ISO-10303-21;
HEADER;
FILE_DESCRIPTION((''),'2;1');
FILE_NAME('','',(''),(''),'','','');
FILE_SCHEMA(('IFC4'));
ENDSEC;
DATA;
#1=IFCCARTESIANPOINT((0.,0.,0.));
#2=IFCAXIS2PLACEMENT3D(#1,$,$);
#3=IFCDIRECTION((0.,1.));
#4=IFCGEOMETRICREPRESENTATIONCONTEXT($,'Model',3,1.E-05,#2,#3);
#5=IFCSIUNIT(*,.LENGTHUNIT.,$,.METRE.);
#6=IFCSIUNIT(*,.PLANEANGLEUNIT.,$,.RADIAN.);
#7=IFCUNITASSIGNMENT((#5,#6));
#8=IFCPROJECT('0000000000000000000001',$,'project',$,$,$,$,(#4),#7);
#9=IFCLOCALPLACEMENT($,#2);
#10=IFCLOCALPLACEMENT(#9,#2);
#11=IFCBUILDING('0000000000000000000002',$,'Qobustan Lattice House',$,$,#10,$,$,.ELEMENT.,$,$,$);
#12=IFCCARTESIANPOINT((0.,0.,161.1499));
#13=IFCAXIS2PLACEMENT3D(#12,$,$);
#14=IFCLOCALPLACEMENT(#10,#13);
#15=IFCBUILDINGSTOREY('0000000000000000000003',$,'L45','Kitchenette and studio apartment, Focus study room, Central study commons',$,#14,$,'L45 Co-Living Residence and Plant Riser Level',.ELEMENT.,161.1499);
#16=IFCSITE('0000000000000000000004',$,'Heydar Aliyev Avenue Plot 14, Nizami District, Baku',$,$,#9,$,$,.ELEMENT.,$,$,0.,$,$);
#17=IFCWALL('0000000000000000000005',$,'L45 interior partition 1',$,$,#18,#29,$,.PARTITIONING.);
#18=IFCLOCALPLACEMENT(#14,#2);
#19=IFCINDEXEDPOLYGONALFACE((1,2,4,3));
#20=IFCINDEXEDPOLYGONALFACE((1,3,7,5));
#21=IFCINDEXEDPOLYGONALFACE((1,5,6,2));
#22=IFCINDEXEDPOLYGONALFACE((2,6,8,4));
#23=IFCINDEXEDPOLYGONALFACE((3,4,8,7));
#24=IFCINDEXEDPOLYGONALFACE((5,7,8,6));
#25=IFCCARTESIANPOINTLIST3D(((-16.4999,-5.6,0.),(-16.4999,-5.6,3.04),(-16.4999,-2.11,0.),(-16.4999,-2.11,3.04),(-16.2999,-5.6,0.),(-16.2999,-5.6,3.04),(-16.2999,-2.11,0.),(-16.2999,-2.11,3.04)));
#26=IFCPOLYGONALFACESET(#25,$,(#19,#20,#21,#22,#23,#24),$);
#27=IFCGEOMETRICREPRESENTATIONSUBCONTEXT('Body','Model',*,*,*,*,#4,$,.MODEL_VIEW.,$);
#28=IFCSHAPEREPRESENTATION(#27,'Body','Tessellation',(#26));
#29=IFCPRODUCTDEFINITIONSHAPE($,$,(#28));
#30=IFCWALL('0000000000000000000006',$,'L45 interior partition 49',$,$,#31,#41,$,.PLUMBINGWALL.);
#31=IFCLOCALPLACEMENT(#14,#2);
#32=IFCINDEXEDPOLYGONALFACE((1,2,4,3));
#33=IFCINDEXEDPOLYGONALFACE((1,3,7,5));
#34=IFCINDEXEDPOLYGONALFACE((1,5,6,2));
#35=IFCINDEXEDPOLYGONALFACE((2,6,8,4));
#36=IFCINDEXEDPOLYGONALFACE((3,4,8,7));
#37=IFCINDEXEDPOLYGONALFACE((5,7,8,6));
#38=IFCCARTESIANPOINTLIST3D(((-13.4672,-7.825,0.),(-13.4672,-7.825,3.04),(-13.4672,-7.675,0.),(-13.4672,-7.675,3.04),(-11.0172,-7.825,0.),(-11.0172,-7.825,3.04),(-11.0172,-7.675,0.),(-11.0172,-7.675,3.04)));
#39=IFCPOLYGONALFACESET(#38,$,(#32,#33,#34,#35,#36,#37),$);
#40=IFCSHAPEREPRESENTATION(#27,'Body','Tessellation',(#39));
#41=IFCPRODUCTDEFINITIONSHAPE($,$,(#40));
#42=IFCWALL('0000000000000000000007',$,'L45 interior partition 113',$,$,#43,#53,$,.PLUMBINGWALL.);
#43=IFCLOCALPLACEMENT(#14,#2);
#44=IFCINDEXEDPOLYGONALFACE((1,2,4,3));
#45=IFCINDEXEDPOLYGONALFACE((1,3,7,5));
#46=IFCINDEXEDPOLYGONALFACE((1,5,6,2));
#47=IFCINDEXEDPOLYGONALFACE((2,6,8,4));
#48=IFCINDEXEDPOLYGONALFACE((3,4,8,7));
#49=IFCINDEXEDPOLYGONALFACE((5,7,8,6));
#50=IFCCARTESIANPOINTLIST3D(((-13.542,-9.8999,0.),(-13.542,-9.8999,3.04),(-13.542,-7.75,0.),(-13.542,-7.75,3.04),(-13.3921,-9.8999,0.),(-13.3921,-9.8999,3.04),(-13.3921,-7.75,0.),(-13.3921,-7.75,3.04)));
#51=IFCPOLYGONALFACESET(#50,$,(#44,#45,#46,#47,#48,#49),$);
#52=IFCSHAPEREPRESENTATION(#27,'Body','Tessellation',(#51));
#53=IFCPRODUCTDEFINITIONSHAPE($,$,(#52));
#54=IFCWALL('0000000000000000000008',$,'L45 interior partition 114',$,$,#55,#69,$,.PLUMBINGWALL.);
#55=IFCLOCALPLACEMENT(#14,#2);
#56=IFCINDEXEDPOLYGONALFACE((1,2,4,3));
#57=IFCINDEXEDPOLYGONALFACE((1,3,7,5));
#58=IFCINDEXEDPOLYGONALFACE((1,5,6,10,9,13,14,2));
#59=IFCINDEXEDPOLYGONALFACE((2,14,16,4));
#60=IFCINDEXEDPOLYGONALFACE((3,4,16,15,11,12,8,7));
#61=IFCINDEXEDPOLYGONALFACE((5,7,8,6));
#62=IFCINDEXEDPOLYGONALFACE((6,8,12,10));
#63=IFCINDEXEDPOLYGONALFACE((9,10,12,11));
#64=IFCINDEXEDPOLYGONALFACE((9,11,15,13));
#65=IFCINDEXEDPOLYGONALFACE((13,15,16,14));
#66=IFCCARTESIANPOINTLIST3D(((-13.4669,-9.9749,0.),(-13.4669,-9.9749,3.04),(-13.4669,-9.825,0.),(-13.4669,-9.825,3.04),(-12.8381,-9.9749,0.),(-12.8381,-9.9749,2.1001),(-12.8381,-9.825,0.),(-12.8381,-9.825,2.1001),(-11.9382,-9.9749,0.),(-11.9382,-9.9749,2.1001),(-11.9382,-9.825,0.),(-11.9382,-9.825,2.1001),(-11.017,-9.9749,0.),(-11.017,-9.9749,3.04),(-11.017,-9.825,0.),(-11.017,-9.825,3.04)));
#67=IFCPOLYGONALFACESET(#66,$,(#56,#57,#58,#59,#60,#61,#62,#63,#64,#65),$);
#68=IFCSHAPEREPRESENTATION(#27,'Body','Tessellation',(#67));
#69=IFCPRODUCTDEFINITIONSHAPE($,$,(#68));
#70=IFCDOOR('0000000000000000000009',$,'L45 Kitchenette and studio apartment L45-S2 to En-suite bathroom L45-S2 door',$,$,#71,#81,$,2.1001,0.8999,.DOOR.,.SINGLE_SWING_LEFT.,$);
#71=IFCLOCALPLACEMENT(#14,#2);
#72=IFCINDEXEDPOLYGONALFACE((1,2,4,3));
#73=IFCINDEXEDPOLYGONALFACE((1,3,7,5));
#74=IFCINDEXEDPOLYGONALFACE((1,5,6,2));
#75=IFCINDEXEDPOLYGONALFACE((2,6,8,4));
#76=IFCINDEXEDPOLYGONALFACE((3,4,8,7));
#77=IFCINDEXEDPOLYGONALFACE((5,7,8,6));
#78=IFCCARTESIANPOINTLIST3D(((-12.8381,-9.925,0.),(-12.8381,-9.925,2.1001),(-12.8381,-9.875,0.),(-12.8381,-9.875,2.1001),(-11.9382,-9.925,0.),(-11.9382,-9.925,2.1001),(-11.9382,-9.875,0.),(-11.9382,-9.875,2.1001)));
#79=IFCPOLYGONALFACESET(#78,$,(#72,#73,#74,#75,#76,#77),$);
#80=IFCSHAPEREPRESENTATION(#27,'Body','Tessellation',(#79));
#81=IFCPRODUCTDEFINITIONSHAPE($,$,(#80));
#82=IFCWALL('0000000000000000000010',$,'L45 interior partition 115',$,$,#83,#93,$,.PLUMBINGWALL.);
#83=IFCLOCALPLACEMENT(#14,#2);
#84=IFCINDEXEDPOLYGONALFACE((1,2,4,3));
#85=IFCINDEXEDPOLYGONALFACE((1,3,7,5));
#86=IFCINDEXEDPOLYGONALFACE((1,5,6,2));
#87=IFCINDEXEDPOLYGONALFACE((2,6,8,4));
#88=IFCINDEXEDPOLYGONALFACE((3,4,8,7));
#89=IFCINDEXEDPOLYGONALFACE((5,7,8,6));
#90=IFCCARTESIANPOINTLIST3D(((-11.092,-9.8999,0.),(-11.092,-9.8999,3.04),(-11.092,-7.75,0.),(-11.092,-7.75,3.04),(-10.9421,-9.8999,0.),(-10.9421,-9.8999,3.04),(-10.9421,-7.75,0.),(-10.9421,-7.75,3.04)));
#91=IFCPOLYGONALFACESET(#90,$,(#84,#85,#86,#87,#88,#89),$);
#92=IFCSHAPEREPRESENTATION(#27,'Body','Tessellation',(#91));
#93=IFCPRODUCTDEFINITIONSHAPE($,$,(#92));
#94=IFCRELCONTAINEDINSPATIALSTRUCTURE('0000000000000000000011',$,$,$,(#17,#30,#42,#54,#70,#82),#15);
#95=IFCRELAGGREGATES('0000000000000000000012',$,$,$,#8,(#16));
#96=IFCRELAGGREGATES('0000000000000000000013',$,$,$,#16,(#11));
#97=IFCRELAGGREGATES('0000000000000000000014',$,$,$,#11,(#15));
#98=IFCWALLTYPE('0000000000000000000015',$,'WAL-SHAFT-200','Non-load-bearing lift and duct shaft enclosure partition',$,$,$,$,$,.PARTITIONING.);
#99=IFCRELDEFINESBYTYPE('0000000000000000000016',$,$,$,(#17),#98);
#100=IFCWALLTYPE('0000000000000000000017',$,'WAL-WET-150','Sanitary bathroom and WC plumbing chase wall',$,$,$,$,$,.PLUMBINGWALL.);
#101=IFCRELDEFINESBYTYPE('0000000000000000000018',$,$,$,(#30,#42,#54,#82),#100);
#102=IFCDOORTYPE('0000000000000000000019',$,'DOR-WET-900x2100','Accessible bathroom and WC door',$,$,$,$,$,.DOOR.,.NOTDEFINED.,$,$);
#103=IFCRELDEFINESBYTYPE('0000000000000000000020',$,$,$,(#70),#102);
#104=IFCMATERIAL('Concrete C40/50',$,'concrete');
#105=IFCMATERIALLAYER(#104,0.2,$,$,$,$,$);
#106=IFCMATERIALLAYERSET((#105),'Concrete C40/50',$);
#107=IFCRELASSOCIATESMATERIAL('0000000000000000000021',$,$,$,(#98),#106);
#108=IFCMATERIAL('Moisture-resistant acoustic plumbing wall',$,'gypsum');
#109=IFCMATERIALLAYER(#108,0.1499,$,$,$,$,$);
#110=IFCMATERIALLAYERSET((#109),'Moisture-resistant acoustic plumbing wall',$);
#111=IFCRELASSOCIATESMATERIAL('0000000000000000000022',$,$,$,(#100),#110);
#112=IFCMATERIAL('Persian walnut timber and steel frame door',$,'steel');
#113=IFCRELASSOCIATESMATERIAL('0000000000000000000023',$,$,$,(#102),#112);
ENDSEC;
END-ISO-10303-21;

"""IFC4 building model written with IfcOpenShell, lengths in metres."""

from ifc_helpers import new_model, si_unit, direction, frame, frame_2d, origin, place, context, subcontext, project, spatial, rectangle, extrude, material, layer, layer_set, type_object, element, fill, save


model = new_model("IFC4")

# Units and contexts
model_context = context("Model", 3, precision=1e-05, world=origin(), true_north=direction((0.0, 1.0)))
body_context = subcontext(model_context, "Body", "Model", "MODEL_VIEW")
ifc_project = project(units=[si_unit("LENGTHUNIT", "METRE"), si_unit("PLANEANGLEUNIT", "RADIAN")], contexts=[model_context])

# Site, building, storey
site_placement = place(None, origin())
site = spatial("IfcSite", under=ifc_project, at=site_placement, Name="Heydar Aliyev Avenue Plot 14, Nizami District, Baku", CompositionType="ELEMENT", RefElevation=0.0)
building_placement = place(site_placement, origin())
building = spatial("IfcBuilding", under=site, at=building_placement, Name="Qobustan Lattice House", CompositionType="ELEMENT")
storey_placement = place(building_placement, frame((0.0, 0.0, 161.1499)))
storey = spatial("IfcBuildingStorey", under=building, at=storey_placement, Name="L45", Description="Kitchenette and studio apartment, Focus study room, Central study commons", LongName="L45 Co-Living Residence and Plant Riser Level", CompositionType="ELEMENT", Elevation=161.1499)

# Walls
ifc_material_1 = material(Name="Concrete C40/50", Category="concrete")
ifc_layer_1 = layer(ifc_material_1, 0.2)
ifc_layer_set_1 = layer_set([ifc_layer_1], Name="Concrete C40/50")
wall_type_1 = type_object("IfcWallType", Name="WAL-SHAFT-200", Description="Non-load-bearing lift and duct shaft enclosure partition", PredefinedType="PARTITIONING", material=ifc_layer_set_1)
wall_1_placement = place(storey_placement, frame((-16.3999, -5.6001, 0.0), z_axis=(0.0, 0.0, 1.0), x_axis=(0.0, 1.0, 0.0)))
element("IfcWall", 1, at=wall_1_placement, inside=storey, type_object=wall_type_1, Name="L45 interior partition 1", PredefinedType="PARTITIONING", context=body_context, shape_type="SweptSolid", body=[
    extrude(rectangle(XDim=3.49, YDim=0.2, at=frame_2d((1.7451, 0.0))), origin(), (0.0, 0.0, 1.0), 3.04),
])
ifc_material_2 = material(Name="Moisture-resistant acoustic plumbing wall", Category="gypsum")
ifc_layer_2 = layer(ifc_material_2, 0.1499)
ifc_layer_set_2 = layer_set([ifc_layer_2], Name="Moisture-resistant acoustic plumbing wall")
wall_type_2 = type_object("IfcWallType", Name="WAL-WET-150", Description="Sanitary bathroom and WC plumbing chase wall", PredefinedType="PLUMBINGWALL", material=ifc_layer_set_2)
wall_2_placement = place(storey_placement, frame((-11.0171, -7.75, 0.0), z_axis=(0.0, 0.0, 1.0), x_axis=(-1.0, 0.0, 0.0)))
element("IfcWall", 2, at=wall_2_placement, inside=storey, type_object=wall_type_2, Name="L45 interior partition 49", PredefinedType="PLUMBINGWALL", context=body_context, shape_type="SweptSolid", body=[
    extrude(rectangle(XDim=2.45, YDim=0.1499, at=frame_2d((1.2251, 0.0))), origin(), (0.0, 0.0, 1.0), 3.04),
])
wall_3_placement = place(storey_placement, frame((-13.467, -7.75, 0.0), z_axis=(0.0, 0.0, 1.0), x_axis=(0.0, -1.0, 0.0)))
element("IfcWall", 3, at=wall_3_placement, inside=storey, type_object=wall_type_2, Name="L45 interior partition 113", PredefinedType="PLUMBINGWALL", context=body_context, shape_type="SweptSolid", body=[
    extrude(rectangle(XDim=2.1499, YDim=0.1499, at=frame_2d((1.075, 0.0))), origin(), (0.0, 0.0, 1.0), 3.04),
])

# Wall, opening, door
wall_4_placement = place(storey_placement, frame((-13.467, -9.8999, 0.0), z_axis=(0.0, 0.0, 1.0), x_axis=(1.0, 0.0, 0.0)))
wall_4 = element("IfcWall", 4, at=wall_4_placement, inside=storey, type_object=wall_type_2, Name="L45 interior partition 114", PredefinedType="PLUMBINGWALL", context=body_context, shape_type="SweptSolid", body=[
    extrude(rectangle(XDim=2.45, YDim=0.1499, at=frame_2d((1.2251, 0.0))), origin(), (0.0, 0.0, 1.0), 3.04),
])
opening_1_placement = place(wall_4_placement, frame((0.6289, 0.0, 0.0)))
opening_1 = element("IfcOpeningElement", 5, at=opening_1_placement, cuts=wall_4, PredefinedType="OPENING", context=body_context, shape_type="SweptSolid", body=[
    extrude(rectangle(XDim=0.8999, YDim=2.1001, at=frame_2d((0.45, 1.05))), frame((0.0, 0.085, 0.0), z_axis=(0.0, -1.0, 0.0), x_axis=(1.0, 0.0, 0.0)), (0.0, 0.0, 1.0), 0.1699),
])
ifc_material_3 = material(Name="Persian walnut timber and steel frame door", Category="steel")
door_type_1 = type_object("IfcDoorType", Name="DOR-WET-900x2100", Description="Accessible bathroom and WC door", OperationType="NOTDEFINED", PredefinedType="DOOR", material=ifc_material_3)
door_1_placement = place(opening_1_placement, origin())
door_1 = element("IfcDoor", 6, at=door_1_placement, inside=storey, type_object=door_type_1, Name="L45 Kitchenette and studio apartment L45-S2 to En-suite bathroom L45-S2 door", OperationType="SINGLE_SWING_LEFT", OverallHeight=2.1001, OverallWidth=0.8999, PredefinedType="DOOR", context=body_context, shape_type="SweptSolid", body=[
    extrude(rectangle(XDim=0.8999, YDim=2.1001, at=frame_2d((0.45, 1.05))), frame((0.0, 0.0249, 0.0), z_axis=(0.0, -1.0, 0.0), x_axis=(1.0, 0.0, 0.0)), (0.0, 0.0, 1.0), 0.05),
])
fill(opening_1, door_1)

# Wall
wall_5_placement = place(storey_placement, frame((-11.0171, -9.8999, 0.0), z_axis=(0.0, 0.0, 1.0), x_axis=(0.0, 1.0, 0.0)))
element("IfcWall", 7, at=wall_5_placement, inside=storey, type_object=wall_type_2, Name="L45 interior partition 115", PredefinedType="PLUMBINGWALL", context=body_context, shape_type="SweptSolid", body=[
    extrude(rectangle(XDim=2.1499, YDim=0.1499, at=frame_2d((1.075, 0.0))), origin(), (0.0, 0.0, 1.0), 3.04),
])

save(model, "model.ifc")
